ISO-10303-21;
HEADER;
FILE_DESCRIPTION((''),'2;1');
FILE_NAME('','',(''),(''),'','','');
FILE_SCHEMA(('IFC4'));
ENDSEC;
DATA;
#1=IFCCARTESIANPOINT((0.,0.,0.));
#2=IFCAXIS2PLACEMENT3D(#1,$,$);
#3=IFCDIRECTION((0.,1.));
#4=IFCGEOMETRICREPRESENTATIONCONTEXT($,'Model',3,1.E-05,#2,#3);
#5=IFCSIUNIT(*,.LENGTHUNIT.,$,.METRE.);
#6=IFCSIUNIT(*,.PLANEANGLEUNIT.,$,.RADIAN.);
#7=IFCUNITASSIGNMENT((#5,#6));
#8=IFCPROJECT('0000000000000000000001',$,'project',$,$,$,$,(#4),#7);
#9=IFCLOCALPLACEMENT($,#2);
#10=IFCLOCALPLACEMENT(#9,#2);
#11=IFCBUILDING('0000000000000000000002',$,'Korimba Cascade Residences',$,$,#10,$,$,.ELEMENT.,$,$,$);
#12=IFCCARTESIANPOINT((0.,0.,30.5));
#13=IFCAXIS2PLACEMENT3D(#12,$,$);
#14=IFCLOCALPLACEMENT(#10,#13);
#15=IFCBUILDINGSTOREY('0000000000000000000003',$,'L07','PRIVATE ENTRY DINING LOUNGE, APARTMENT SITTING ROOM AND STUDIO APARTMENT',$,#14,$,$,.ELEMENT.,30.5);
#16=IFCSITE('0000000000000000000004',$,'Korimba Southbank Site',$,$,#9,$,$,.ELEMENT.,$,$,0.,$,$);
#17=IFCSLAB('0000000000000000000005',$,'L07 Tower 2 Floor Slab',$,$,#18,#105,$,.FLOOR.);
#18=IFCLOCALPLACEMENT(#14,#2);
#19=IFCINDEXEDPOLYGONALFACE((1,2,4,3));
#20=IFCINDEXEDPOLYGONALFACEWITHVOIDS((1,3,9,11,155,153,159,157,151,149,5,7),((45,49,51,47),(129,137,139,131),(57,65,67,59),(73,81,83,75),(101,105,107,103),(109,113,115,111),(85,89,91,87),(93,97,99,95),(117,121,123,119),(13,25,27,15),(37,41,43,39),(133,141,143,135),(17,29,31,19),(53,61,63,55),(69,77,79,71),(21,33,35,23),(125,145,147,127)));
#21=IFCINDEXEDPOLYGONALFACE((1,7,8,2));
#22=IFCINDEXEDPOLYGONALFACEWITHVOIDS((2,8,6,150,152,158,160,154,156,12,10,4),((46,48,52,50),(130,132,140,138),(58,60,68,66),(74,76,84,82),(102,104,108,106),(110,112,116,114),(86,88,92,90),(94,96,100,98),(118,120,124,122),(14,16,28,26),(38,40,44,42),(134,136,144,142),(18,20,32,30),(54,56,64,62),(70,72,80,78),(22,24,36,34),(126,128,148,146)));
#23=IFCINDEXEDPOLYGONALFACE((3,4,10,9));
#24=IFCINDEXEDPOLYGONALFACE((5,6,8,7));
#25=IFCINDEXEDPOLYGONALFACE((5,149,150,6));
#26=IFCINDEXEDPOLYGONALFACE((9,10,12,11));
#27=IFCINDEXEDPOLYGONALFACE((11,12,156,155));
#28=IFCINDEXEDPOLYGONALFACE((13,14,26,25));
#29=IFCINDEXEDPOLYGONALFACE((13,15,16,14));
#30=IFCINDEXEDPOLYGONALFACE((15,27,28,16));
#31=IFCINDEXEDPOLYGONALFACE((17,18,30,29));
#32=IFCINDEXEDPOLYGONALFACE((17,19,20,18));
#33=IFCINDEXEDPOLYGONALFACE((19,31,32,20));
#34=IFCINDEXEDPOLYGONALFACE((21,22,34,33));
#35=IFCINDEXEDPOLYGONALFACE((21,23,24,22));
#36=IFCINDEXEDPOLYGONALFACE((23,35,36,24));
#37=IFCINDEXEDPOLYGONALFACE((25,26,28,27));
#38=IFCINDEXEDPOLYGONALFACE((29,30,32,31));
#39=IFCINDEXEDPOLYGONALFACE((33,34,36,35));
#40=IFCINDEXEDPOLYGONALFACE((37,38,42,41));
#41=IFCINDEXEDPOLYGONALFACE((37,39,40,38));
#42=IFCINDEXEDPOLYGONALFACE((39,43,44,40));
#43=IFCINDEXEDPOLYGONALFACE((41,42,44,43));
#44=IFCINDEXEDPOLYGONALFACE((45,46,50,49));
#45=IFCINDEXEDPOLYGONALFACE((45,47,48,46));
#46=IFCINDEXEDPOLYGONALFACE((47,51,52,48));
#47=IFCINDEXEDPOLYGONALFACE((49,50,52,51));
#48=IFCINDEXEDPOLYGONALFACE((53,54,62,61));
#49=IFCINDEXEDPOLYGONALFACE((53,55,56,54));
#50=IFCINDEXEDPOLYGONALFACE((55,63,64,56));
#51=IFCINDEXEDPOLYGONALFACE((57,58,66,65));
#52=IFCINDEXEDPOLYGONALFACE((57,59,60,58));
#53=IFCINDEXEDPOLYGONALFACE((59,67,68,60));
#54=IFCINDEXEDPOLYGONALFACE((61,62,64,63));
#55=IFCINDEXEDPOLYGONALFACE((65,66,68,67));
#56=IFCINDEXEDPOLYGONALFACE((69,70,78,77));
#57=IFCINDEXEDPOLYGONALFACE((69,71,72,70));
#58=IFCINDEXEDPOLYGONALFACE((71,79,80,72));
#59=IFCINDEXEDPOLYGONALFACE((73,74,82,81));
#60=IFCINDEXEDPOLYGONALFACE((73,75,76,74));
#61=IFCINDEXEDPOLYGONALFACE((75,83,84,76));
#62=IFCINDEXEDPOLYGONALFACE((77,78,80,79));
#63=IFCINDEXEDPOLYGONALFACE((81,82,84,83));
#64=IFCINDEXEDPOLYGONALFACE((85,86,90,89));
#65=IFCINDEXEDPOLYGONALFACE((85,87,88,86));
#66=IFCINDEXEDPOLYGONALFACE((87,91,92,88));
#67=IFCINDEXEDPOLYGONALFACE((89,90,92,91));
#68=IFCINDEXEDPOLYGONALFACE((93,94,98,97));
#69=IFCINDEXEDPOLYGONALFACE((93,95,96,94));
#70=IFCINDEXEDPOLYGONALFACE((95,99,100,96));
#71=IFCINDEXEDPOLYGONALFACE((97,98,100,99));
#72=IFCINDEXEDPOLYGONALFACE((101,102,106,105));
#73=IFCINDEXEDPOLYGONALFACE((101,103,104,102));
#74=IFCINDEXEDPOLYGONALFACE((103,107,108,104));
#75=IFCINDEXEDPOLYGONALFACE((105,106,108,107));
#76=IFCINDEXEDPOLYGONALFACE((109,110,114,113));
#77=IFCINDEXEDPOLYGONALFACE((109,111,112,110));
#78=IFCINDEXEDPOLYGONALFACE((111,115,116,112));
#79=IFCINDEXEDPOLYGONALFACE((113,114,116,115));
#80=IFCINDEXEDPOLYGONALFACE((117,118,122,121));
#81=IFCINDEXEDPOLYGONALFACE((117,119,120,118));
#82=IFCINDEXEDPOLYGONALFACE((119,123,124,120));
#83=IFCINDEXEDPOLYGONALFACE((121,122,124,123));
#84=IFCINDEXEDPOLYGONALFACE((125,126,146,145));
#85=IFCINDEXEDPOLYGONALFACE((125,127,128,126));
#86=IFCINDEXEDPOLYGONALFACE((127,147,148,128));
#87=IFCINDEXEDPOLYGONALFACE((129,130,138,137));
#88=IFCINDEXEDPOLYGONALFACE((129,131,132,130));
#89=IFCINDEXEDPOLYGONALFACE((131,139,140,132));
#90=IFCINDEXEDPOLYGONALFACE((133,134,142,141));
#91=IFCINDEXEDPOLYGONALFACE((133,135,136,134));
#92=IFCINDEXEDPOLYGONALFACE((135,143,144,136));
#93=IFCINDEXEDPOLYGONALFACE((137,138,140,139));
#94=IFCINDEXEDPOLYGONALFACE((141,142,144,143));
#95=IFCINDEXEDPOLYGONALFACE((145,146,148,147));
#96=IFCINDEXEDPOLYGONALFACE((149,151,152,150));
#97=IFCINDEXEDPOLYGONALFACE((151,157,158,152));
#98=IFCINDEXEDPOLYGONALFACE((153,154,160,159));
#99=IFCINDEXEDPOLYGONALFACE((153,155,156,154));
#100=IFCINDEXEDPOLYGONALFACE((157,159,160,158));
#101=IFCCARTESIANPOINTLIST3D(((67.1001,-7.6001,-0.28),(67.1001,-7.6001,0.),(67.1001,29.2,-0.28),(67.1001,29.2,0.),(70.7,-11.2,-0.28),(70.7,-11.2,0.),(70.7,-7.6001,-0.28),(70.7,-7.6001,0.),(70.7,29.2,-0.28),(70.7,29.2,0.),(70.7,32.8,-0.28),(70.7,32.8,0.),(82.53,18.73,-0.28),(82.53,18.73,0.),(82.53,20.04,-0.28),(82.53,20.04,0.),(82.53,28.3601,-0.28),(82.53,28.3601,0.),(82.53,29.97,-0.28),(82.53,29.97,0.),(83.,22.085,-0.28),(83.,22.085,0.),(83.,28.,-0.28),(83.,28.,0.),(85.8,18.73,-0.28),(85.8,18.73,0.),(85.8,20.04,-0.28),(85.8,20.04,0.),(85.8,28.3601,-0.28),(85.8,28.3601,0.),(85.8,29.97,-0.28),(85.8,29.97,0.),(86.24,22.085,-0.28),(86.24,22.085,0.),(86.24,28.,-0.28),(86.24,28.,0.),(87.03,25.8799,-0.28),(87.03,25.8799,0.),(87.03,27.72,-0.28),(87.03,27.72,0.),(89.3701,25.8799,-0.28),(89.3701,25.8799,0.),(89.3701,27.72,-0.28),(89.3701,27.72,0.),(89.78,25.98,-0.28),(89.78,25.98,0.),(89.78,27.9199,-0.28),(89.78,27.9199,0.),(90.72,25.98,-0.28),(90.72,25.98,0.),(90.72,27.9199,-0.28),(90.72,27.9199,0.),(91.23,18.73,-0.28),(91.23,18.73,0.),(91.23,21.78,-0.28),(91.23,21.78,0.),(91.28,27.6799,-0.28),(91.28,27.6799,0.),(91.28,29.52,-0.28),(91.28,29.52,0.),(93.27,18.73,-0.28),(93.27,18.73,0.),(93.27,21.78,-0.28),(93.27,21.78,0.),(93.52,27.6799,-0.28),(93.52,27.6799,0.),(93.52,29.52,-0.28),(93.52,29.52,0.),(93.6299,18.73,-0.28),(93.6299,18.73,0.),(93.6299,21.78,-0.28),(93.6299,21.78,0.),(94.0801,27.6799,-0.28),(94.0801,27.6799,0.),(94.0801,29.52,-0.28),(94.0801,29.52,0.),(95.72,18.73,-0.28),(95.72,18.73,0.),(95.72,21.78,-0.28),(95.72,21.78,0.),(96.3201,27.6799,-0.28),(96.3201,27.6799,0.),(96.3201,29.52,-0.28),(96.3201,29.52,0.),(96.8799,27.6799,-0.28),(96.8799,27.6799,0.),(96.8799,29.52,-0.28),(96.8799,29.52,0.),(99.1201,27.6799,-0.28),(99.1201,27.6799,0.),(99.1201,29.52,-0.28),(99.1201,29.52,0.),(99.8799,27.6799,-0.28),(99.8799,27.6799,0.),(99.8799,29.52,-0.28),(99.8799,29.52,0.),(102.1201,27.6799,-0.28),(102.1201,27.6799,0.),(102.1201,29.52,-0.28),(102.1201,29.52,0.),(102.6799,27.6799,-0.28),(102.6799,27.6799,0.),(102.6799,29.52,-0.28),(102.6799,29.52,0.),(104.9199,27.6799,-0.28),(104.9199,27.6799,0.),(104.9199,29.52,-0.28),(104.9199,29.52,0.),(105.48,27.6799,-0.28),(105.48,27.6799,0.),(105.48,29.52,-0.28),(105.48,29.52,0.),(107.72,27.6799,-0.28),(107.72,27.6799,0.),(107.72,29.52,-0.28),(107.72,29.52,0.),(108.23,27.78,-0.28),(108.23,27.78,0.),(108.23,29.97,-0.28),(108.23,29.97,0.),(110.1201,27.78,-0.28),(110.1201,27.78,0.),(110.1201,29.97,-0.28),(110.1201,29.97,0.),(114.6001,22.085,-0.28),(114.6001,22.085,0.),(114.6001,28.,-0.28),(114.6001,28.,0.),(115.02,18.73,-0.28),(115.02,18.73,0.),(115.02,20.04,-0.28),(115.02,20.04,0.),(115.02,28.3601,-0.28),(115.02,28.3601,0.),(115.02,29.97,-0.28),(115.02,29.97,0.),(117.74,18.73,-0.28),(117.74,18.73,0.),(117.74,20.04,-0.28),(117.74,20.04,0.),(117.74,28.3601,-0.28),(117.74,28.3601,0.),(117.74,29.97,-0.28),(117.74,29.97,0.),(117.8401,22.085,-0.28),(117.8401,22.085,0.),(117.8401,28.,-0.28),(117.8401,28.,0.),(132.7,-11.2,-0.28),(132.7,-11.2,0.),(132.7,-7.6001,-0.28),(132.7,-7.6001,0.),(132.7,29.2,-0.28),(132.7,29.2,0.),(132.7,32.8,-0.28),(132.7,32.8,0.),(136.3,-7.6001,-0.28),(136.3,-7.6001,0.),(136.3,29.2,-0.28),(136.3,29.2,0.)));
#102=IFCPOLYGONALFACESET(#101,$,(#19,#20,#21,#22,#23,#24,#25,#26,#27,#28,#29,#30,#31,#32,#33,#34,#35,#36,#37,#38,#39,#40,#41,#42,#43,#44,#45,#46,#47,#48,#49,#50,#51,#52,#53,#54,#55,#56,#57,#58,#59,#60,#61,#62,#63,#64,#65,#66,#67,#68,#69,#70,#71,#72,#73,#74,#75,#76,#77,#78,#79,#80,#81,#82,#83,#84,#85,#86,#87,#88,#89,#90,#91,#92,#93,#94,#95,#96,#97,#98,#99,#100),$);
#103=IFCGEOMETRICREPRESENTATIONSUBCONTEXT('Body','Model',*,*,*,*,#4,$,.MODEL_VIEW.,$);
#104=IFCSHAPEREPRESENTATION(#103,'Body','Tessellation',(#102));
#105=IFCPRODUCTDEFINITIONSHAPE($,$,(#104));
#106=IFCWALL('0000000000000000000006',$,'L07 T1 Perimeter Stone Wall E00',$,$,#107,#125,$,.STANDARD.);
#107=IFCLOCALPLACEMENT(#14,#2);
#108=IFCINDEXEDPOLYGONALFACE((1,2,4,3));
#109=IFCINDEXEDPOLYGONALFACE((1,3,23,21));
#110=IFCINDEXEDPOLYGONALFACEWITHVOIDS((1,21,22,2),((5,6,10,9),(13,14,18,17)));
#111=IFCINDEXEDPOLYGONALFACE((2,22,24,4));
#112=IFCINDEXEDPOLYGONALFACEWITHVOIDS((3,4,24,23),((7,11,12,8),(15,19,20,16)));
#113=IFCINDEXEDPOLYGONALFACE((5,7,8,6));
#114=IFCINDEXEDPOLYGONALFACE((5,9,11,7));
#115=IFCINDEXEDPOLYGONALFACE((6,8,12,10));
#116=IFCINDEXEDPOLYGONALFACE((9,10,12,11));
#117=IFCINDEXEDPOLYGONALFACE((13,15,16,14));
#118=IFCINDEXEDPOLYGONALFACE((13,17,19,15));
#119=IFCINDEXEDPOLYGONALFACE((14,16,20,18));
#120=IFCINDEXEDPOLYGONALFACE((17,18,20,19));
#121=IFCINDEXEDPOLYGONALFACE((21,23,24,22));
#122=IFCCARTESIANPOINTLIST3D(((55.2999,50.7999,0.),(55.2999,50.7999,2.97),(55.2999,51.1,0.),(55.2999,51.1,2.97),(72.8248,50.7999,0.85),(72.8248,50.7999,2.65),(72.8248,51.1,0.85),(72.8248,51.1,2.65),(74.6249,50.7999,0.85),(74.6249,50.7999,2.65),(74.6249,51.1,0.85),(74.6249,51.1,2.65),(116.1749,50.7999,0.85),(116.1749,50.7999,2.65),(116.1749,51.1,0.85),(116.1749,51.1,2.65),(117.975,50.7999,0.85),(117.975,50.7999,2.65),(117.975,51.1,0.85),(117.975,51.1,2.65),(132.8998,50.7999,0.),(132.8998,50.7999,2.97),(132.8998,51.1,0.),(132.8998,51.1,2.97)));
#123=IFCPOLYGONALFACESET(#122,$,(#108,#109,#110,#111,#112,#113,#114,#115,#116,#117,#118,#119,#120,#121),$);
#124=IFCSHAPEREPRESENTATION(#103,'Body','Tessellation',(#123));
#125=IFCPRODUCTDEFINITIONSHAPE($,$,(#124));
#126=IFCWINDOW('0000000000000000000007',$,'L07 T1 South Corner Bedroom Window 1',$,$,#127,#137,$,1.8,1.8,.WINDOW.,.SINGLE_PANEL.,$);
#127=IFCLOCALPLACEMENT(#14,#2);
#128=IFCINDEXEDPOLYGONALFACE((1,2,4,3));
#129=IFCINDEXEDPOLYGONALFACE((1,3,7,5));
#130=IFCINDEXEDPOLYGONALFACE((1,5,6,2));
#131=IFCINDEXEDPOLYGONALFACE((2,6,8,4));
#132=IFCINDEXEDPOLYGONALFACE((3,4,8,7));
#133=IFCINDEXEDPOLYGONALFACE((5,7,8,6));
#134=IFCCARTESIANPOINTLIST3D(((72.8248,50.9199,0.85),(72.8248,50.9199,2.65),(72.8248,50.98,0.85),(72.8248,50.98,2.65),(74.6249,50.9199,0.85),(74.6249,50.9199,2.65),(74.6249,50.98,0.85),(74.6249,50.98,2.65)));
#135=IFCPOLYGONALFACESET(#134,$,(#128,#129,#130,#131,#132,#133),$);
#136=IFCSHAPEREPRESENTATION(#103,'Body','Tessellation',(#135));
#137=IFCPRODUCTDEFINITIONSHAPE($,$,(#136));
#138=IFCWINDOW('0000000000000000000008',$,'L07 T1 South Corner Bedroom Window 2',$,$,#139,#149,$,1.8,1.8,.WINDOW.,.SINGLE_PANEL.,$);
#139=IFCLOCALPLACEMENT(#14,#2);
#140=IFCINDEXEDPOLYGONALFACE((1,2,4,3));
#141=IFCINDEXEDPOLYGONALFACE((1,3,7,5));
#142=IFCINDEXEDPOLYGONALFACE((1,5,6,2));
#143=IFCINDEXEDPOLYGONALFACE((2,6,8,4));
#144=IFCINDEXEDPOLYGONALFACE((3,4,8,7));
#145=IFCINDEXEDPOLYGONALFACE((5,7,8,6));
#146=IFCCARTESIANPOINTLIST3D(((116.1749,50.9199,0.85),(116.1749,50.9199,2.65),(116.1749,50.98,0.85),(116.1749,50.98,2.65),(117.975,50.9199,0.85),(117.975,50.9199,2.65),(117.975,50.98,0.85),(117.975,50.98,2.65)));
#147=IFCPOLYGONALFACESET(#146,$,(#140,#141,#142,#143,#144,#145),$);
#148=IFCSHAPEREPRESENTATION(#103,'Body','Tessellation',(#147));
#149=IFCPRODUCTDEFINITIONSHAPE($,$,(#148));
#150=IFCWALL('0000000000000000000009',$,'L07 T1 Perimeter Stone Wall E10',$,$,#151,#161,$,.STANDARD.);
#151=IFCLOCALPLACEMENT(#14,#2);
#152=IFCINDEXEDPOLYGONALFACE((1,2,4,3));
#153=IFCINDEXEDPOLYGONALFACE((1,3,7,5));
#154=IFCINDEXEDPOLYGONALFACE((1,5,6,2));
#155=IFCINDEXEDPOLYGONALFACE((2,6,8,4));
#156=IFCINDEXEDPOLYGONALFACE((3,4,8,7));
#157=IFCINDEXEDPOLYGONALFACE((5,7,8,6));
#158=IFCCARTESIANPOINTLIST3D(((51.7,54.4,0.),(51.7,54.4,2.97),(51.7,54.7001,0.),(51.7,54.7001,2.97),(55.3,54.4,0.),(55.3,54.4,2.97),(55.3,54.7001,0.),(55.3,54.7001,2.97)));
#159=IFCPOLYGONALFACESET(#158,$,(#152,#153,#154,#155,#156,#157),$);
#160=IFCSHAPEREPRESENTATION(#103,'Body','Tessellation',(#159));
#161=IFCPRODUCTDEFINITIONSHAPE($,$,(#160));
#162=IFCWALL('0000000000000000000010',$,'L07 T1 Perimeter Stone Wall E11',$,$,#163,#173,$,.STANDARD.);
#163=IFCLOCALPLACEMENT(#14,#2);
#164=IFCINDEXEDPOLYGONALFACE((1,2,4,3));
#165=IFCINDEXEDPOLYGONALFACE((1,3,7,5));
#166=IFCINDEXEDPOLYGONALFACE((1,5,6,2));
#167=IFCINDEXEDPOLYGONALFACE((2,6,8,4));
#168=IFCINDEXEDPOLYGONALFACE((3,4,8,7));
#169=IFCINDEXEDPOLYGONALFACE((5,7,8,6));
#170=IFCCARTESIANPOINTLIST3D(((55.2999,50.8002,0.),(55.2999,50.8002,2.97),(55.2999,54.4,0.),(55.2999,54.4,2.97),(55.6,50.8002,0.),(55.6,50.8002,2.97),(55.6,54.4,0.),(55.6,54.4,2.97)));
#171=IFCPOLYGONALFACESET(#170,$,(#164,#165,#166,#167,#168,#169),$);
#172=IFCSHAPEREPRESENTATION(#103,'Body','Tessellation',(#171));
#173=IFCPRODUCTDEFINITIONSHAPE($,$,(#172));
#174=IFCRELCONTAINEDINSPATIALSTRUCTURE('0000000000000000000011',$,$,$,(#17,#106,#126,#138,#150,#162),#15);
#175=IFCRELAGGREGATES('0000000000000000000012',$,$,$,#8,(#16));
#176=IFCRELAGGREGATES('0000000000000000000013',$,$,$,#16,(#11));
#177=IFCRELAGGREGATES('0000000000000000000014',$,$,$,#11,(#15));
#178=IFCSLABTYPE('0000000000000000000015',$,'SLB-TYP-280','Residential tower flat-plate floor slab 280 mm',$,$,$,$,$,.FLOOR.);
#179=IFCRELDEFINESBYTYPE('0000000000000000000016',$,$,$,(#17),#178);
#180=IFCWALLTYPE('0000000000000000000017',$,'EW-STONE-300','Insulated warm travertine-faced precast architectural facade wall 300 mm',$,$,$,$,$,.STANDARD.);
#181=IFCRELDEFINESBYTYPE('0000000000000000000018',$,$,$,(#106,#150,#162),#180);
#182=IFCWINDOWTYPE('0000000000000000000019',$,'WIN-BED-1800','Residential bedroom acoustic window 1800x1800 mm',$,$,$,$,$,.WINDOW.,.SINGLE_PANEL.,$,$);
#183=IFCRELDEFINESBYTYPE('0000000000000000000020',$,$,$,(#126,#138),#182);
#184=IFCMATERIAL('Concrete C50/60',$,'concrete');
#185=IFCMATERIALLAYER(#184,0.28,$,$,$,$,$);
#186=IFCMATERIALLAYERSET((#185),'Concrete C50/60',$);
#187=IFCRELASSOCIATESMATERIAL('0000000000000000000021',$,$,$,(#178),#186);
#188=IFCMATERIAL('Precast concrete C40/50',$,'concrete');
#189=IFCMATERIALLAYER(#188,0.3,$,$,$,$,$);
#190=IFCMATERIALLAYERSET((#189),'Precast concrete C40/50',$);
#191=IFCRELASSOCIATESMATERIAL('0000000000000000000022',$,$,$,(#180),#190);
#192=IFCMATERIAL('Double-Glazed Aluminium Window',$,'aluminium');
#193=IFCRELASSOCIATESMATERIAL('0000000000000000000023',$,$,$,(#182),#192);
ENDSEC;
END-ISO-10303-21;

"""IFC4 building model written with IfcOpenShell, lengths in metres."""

from ifc_helpers import new_model, si_unit, direction, frame, frame_2d, origin, place, context, subcontext, project, spatial, polyline, rectangle, outline, extrude, material, layer, layer_set, type_object, element, fill, save


model = new_model("IFC4")

# Units and contexts
model_context = context("Model", 3, precision=1e-05, world=origin(), true_north=direction((0.0, 1.0)))
body_context = subcontext(model_context, "Body", "Model", "MODEL_VIEW")
ifc_project = project(units=[si_unit("LENGTHUNIT", "METRE"), si_unit("PLANEANGLEUNIT", "RADIAN")], contexts=[model_context])

# Site, building, storey
site_placement = place(None, origin())
site = spatial("IfcSite", under=ifc_project, at=site_placement, Name="Korimba Southbank Site", CompositionType="ELEMENT", RefElevation=0.0)
building_placement = place(site_placement, origin())
building = spatial("IfcBuilding", under=site, at=building_placement, Name="Korimba Cascade Residences", CompositionType="ELEMENT")
storey_placement = place(building_placement, frame((0.0, 0.0, 30.5)))
storey = spatial("IfcBuildingStorey", under=building, at=storey_placement, Name="L07", Description="PRIVATE ENTRY DINING LOUNGE, APARTMENT SITTING ROOM AND STUDIO APARTMENT", CompositionType="ELEMENT", Elevation=30.5)

# Shared definitions
ifc_material_1 = material(Name="Concrete C50/60", Category="concrete")

# Slab
ifc_material_2 = material(Name="Precast concrete C40/50", Category="concrete")
ifc_layer_1 = layer(ifc_material_1, 0.28)
ifc_layer_set_1 = layer_set([ifc_layer_1], Name="Concrete C50/60")
slab_type_1 = type_object("IfcSlabType", Name="SLB-TYP-280", Description="Residential tower flat-plate floor slab 280 mm", PredefinedType="FLOOR", material=ifc_layer_set_1)
slab_1_placement = place(storey_placement, frame((0.0, 0.0, -0.28)))
element("IfcSlab", 1, at=slab_1_placement, inside=storey, type_object=slab_type_1, Name="L07 Tower 2 Floor Slab", PredefinedType="FLOOR", context=body_context, shape_type="SweptSolid", body=[
    extrude(outline(polyline([(70.7, -11.2), (132.7, -11.2), (132.7, -7.6001), (136.3, -7.6001), (136.3, 29.2), (132.7, 29.2), (132.7, 32.8), (70.7, 32.8), (70.7, 29.2), (67.1001, 29.2), (67.1001, -7.6001), (70.7, -7.6001), (70.7, -11.2)]), holes=[polyline([(86.24, 22.085), (86.24, 28.0), (83.0, 28.0), (83.0, 22.085), (86.24, 22.085)]), polyline([(117.8401, 22.085), (117.8401, 28.0), (114.6001, 28.0), (114.6001, 22.085), (117.8401, 22.085)]), polyline([(87.03, 25.8799), (89.3701, 25.8799), (89.3701, 27.72), (87.03, 27.72), (87.03, 25.8799)]), polyline([(91.28, 27.6799), (93.52, 27.6799), (93.52, 29.52), (91.28, 29.52), (91.28, 27.6799)]), polyline([(94.0801, 27.6799), (96.3201, 27.6799), (96.3201, 29.52), (94.0801, 29.52), (94.0801, 27.6799)]), polyline([(96.8799, 27.6799), (99.1201, 27.6799), (99.1201, 29.52), (96.8799, 29.52), (96.8799, 27.6799)]), polyline([(99.8799, 27.6799), (102.1201, 27.6799), (102.1201, 29.52), (99.8799, 29.52), (99.8799, 27.6799)]), polyline([(102.6799, 27.6799), (104.9199, 27.6799), (104.9199, 29.52), (102.6799, 29.52), (102.6799, 27.6799)]), polyline([(105.48, 27.6799), (107.72, 27.6799), (107.72, 29.52), (105.48, 29.52), (105.48, 27.6799)]), polyline([(89.78, 25.98), (90.72, 25.98), (90.72, 27.9199), (89.78, 27.9199), (89.78, 25.98)]), polyline([(82.53, 18.73), (85.8, 18.73), (85.8, 20.04), (82.53, 20.04), (82.53, 18.73)]), polyline([(82.53, 28.3601), (85.8, 28.3601), (85.8, 29.97), (82.53, 29.97), (82.53, 28.3601)]), polyline([(108.23, 27.78), (110.1201, 27.78), (110.1201, 29.97), (108.23, 29.97), (108.23, 27.78)]), polyline([(91.23, 18.73), (93.27, 18.73), (93.27, 21.78), (91.23, 21.78), (91.23, 18.73)]), polyline([(93.6299, 18.73), (95.72, 18.73), (95.72, 21.78), (93.6299, 21.78), (93.6299, 18.73)]), polyline([(115.02, 18.73), (117.74, 18.73), (117.74, 20.04), (115.02, 20.04), (115.02, 18.73)]), polyline([(115.02, 28.3601), (117.74, 28.3601), (117.74, 29.97), (115.02, 29.97), (115.02, 28.3601)])]), origin(), (0.0, 0.0, 1.0), 0.28),
])

# Wall, openings, windows
ifc_layer_2 = layer(ifc_material_2, 0.3)
ifc_layer_set_2 = layer_set([ifc_layer_2], Name="Precast concrete C40/50")
wall_type_1 = type_object("IfcWallType", Name="EW-STONE-300", Description="Insulated warm travertine-faced precast architectural facade wall 300 mm", PredefinedType="STANDARD", material=ifc_layer_set_2)
wall_1_placement = place(storey_placement, frame((55.3, 50.95, 0.0), z_axis=(0.0, 0.0, 1.0), x_axis=(1.0, 0.0, 0.0)))
wall_1 = element("IfcWall", 2, at=wall_1_placement, inside=storey, type_object=wall_type_1, Name="L07 T1 Perimeter Stone Wall E00", PredefinedType="STANDARD", context=body_context, shape_type="SweptSolid", body=[
    extrude(rectangle(XDim=77.5999, YDim=0.3, at=frame_2d((38.7998, 0.0))), origin(), (0.0, 0.0, 1.0), 2.97),
])
opening_1_placement = place(wall_1_placement, frame((17.5249, 0.0, 0.8501)))
opening_1 = element("IfcOpeningElement", 3, at=opening_1_placement, cuts=wall_1, PredefinedType="OPENING", context=body_context, shape_type="SweptSolid", body=[
    extrude(rectangle(XDim=1.8, YDim=1.8, at=frame_2d((0.8999, 0.8999))), frame((0.0, 0.1602, 0.0), z_axis=(0.0, -1.0, 0.0), x_axis=(1.0, 0.0, 0.0)), (0.0, 0.0, 1.0), 0.3201),
])
opening_2_placement = place(wall_1_placement, frame((60.875, 0.0, 0.8501)))
opening_2 = element("IfcOpeningElement", 4, at=opening_2_placement, cuts=wall_1, PredefinedType="OPENING", context=body_context, shape_type="SweptSolid", body=[
    extrude(rectangle(XDim=1.8, YDim=1.8, at=frame_2d((0.8999, 0.8999))), frame((0.0, 0.1602, 0.0), z_axis=(0.0, -1.0, 0.0), x_axis=(1.0, 0.0, 0.0)), (0.0, 0.0, 1.0), 0.3201),
])
ifc_material_3 = material(Name="Double-Glazed Aluminium Window", Category="aluminium")
window_type = type_object("IfcWindowType", Name="WIN-BED-1800", Description="Residential bedroom acoustic window 1800x1800 mm", PartitioningType="SINGLE_PANEL", PredefinedType="WINDOW", material=ifc_material_3)
window_1_placement = place(opening_1_placement, origin())
window_1 = element("IfcWindow", 5, at=window_1_placement, inside=storey, type_object=window_type, Name="L07 T1 South Corner Bedroom Window 1", OverallHeight=1.8, OverallWidth=1.8, PartitioningType="SINGLE_PANEL", PredefinedType="WINDOW", context=body_context, shape_type="SweptSolid", body=[
    extrude(rectangle(XDim=1.8, YDim=1.8, at=frame_2d((0.8999, 0.8999))), frame((0.0, 0.03, 0.0), z_axis=(0.0, -1.0, 0.0), x_axis=(1.0, 0.0, 0.0)), (0.0, 0.0, 1.0), 0.0601),
])
fill(opening_1, window_1)
window_2_placement = place(opening_2_placement, origin())
window_2 = element("IfcWindow", 6, at=window_2_placement, inside=storey, type_object=window_type, Name="L07 T1 South Corner Bedroom Window 2", OverallHeight=1.8, OverallWidth=1.8, PartitioningType="SINGLE_PANEL", PredefinedType="WINDOW", context=body_context, shape_type="SweptSolid", body=[
    extrude(rectangle(XDim=1.8, YDim=1.8, at=frame_2d((0.8999, 0.8999))), frame((0.0, 0.03, 0.0), z_axis=(0.0, -1.0, 0.0), x_axis=(1.0, 0.0, 0.0)), (0.0, 0.0, 1.0), 0.0601),
])
fill(opening_2, window_2)

# Walls
wall_2_placement = place(storey_placement, frame((51.7, 54.55, 0.0), z_axis=(0.0, 0.0, 1.0), x_axis=(1.0, 0.0, 0.0)))
element("IfcWall", 7, at=wall_2_placement, inside=storey, type_object=wall_type_1, Name="L07 T1 Perimeter Stone Wall E10", PredefinedType="STANDARD", context=body_context, shape_type="SweptSolid", body=[
    extrude(rectangle(XDim=3.6001, YDim=0.3, at=frame_2d((1.8, 0.0))), origin(), (0.0, 0.0, 1.0), 2.97),
])
wall_3_placement = place(storey_placement, frame((55.45, 54.3999, 0.0), z_axis=(0.0, 0.0, 1.0), x_axis=(0.0, -1.0, 0.0)))
element("IfcWall", 8, at=wall_3_placement, inside=storey, type_object=wall_type_1, Name="L07 T1 Perimeter Stone Wall E11", PredefinedType="STANDARD", context=body_context, shape_type="SweptSolid", body=[
    extrude(rectangle(XDim=3.5999, YDim=0.3, at=frame_2d((1.7998, 0.0))), origin(), (0.0, 0.0, 1.0), 2.97),
])

save(model, "model.ifc")
